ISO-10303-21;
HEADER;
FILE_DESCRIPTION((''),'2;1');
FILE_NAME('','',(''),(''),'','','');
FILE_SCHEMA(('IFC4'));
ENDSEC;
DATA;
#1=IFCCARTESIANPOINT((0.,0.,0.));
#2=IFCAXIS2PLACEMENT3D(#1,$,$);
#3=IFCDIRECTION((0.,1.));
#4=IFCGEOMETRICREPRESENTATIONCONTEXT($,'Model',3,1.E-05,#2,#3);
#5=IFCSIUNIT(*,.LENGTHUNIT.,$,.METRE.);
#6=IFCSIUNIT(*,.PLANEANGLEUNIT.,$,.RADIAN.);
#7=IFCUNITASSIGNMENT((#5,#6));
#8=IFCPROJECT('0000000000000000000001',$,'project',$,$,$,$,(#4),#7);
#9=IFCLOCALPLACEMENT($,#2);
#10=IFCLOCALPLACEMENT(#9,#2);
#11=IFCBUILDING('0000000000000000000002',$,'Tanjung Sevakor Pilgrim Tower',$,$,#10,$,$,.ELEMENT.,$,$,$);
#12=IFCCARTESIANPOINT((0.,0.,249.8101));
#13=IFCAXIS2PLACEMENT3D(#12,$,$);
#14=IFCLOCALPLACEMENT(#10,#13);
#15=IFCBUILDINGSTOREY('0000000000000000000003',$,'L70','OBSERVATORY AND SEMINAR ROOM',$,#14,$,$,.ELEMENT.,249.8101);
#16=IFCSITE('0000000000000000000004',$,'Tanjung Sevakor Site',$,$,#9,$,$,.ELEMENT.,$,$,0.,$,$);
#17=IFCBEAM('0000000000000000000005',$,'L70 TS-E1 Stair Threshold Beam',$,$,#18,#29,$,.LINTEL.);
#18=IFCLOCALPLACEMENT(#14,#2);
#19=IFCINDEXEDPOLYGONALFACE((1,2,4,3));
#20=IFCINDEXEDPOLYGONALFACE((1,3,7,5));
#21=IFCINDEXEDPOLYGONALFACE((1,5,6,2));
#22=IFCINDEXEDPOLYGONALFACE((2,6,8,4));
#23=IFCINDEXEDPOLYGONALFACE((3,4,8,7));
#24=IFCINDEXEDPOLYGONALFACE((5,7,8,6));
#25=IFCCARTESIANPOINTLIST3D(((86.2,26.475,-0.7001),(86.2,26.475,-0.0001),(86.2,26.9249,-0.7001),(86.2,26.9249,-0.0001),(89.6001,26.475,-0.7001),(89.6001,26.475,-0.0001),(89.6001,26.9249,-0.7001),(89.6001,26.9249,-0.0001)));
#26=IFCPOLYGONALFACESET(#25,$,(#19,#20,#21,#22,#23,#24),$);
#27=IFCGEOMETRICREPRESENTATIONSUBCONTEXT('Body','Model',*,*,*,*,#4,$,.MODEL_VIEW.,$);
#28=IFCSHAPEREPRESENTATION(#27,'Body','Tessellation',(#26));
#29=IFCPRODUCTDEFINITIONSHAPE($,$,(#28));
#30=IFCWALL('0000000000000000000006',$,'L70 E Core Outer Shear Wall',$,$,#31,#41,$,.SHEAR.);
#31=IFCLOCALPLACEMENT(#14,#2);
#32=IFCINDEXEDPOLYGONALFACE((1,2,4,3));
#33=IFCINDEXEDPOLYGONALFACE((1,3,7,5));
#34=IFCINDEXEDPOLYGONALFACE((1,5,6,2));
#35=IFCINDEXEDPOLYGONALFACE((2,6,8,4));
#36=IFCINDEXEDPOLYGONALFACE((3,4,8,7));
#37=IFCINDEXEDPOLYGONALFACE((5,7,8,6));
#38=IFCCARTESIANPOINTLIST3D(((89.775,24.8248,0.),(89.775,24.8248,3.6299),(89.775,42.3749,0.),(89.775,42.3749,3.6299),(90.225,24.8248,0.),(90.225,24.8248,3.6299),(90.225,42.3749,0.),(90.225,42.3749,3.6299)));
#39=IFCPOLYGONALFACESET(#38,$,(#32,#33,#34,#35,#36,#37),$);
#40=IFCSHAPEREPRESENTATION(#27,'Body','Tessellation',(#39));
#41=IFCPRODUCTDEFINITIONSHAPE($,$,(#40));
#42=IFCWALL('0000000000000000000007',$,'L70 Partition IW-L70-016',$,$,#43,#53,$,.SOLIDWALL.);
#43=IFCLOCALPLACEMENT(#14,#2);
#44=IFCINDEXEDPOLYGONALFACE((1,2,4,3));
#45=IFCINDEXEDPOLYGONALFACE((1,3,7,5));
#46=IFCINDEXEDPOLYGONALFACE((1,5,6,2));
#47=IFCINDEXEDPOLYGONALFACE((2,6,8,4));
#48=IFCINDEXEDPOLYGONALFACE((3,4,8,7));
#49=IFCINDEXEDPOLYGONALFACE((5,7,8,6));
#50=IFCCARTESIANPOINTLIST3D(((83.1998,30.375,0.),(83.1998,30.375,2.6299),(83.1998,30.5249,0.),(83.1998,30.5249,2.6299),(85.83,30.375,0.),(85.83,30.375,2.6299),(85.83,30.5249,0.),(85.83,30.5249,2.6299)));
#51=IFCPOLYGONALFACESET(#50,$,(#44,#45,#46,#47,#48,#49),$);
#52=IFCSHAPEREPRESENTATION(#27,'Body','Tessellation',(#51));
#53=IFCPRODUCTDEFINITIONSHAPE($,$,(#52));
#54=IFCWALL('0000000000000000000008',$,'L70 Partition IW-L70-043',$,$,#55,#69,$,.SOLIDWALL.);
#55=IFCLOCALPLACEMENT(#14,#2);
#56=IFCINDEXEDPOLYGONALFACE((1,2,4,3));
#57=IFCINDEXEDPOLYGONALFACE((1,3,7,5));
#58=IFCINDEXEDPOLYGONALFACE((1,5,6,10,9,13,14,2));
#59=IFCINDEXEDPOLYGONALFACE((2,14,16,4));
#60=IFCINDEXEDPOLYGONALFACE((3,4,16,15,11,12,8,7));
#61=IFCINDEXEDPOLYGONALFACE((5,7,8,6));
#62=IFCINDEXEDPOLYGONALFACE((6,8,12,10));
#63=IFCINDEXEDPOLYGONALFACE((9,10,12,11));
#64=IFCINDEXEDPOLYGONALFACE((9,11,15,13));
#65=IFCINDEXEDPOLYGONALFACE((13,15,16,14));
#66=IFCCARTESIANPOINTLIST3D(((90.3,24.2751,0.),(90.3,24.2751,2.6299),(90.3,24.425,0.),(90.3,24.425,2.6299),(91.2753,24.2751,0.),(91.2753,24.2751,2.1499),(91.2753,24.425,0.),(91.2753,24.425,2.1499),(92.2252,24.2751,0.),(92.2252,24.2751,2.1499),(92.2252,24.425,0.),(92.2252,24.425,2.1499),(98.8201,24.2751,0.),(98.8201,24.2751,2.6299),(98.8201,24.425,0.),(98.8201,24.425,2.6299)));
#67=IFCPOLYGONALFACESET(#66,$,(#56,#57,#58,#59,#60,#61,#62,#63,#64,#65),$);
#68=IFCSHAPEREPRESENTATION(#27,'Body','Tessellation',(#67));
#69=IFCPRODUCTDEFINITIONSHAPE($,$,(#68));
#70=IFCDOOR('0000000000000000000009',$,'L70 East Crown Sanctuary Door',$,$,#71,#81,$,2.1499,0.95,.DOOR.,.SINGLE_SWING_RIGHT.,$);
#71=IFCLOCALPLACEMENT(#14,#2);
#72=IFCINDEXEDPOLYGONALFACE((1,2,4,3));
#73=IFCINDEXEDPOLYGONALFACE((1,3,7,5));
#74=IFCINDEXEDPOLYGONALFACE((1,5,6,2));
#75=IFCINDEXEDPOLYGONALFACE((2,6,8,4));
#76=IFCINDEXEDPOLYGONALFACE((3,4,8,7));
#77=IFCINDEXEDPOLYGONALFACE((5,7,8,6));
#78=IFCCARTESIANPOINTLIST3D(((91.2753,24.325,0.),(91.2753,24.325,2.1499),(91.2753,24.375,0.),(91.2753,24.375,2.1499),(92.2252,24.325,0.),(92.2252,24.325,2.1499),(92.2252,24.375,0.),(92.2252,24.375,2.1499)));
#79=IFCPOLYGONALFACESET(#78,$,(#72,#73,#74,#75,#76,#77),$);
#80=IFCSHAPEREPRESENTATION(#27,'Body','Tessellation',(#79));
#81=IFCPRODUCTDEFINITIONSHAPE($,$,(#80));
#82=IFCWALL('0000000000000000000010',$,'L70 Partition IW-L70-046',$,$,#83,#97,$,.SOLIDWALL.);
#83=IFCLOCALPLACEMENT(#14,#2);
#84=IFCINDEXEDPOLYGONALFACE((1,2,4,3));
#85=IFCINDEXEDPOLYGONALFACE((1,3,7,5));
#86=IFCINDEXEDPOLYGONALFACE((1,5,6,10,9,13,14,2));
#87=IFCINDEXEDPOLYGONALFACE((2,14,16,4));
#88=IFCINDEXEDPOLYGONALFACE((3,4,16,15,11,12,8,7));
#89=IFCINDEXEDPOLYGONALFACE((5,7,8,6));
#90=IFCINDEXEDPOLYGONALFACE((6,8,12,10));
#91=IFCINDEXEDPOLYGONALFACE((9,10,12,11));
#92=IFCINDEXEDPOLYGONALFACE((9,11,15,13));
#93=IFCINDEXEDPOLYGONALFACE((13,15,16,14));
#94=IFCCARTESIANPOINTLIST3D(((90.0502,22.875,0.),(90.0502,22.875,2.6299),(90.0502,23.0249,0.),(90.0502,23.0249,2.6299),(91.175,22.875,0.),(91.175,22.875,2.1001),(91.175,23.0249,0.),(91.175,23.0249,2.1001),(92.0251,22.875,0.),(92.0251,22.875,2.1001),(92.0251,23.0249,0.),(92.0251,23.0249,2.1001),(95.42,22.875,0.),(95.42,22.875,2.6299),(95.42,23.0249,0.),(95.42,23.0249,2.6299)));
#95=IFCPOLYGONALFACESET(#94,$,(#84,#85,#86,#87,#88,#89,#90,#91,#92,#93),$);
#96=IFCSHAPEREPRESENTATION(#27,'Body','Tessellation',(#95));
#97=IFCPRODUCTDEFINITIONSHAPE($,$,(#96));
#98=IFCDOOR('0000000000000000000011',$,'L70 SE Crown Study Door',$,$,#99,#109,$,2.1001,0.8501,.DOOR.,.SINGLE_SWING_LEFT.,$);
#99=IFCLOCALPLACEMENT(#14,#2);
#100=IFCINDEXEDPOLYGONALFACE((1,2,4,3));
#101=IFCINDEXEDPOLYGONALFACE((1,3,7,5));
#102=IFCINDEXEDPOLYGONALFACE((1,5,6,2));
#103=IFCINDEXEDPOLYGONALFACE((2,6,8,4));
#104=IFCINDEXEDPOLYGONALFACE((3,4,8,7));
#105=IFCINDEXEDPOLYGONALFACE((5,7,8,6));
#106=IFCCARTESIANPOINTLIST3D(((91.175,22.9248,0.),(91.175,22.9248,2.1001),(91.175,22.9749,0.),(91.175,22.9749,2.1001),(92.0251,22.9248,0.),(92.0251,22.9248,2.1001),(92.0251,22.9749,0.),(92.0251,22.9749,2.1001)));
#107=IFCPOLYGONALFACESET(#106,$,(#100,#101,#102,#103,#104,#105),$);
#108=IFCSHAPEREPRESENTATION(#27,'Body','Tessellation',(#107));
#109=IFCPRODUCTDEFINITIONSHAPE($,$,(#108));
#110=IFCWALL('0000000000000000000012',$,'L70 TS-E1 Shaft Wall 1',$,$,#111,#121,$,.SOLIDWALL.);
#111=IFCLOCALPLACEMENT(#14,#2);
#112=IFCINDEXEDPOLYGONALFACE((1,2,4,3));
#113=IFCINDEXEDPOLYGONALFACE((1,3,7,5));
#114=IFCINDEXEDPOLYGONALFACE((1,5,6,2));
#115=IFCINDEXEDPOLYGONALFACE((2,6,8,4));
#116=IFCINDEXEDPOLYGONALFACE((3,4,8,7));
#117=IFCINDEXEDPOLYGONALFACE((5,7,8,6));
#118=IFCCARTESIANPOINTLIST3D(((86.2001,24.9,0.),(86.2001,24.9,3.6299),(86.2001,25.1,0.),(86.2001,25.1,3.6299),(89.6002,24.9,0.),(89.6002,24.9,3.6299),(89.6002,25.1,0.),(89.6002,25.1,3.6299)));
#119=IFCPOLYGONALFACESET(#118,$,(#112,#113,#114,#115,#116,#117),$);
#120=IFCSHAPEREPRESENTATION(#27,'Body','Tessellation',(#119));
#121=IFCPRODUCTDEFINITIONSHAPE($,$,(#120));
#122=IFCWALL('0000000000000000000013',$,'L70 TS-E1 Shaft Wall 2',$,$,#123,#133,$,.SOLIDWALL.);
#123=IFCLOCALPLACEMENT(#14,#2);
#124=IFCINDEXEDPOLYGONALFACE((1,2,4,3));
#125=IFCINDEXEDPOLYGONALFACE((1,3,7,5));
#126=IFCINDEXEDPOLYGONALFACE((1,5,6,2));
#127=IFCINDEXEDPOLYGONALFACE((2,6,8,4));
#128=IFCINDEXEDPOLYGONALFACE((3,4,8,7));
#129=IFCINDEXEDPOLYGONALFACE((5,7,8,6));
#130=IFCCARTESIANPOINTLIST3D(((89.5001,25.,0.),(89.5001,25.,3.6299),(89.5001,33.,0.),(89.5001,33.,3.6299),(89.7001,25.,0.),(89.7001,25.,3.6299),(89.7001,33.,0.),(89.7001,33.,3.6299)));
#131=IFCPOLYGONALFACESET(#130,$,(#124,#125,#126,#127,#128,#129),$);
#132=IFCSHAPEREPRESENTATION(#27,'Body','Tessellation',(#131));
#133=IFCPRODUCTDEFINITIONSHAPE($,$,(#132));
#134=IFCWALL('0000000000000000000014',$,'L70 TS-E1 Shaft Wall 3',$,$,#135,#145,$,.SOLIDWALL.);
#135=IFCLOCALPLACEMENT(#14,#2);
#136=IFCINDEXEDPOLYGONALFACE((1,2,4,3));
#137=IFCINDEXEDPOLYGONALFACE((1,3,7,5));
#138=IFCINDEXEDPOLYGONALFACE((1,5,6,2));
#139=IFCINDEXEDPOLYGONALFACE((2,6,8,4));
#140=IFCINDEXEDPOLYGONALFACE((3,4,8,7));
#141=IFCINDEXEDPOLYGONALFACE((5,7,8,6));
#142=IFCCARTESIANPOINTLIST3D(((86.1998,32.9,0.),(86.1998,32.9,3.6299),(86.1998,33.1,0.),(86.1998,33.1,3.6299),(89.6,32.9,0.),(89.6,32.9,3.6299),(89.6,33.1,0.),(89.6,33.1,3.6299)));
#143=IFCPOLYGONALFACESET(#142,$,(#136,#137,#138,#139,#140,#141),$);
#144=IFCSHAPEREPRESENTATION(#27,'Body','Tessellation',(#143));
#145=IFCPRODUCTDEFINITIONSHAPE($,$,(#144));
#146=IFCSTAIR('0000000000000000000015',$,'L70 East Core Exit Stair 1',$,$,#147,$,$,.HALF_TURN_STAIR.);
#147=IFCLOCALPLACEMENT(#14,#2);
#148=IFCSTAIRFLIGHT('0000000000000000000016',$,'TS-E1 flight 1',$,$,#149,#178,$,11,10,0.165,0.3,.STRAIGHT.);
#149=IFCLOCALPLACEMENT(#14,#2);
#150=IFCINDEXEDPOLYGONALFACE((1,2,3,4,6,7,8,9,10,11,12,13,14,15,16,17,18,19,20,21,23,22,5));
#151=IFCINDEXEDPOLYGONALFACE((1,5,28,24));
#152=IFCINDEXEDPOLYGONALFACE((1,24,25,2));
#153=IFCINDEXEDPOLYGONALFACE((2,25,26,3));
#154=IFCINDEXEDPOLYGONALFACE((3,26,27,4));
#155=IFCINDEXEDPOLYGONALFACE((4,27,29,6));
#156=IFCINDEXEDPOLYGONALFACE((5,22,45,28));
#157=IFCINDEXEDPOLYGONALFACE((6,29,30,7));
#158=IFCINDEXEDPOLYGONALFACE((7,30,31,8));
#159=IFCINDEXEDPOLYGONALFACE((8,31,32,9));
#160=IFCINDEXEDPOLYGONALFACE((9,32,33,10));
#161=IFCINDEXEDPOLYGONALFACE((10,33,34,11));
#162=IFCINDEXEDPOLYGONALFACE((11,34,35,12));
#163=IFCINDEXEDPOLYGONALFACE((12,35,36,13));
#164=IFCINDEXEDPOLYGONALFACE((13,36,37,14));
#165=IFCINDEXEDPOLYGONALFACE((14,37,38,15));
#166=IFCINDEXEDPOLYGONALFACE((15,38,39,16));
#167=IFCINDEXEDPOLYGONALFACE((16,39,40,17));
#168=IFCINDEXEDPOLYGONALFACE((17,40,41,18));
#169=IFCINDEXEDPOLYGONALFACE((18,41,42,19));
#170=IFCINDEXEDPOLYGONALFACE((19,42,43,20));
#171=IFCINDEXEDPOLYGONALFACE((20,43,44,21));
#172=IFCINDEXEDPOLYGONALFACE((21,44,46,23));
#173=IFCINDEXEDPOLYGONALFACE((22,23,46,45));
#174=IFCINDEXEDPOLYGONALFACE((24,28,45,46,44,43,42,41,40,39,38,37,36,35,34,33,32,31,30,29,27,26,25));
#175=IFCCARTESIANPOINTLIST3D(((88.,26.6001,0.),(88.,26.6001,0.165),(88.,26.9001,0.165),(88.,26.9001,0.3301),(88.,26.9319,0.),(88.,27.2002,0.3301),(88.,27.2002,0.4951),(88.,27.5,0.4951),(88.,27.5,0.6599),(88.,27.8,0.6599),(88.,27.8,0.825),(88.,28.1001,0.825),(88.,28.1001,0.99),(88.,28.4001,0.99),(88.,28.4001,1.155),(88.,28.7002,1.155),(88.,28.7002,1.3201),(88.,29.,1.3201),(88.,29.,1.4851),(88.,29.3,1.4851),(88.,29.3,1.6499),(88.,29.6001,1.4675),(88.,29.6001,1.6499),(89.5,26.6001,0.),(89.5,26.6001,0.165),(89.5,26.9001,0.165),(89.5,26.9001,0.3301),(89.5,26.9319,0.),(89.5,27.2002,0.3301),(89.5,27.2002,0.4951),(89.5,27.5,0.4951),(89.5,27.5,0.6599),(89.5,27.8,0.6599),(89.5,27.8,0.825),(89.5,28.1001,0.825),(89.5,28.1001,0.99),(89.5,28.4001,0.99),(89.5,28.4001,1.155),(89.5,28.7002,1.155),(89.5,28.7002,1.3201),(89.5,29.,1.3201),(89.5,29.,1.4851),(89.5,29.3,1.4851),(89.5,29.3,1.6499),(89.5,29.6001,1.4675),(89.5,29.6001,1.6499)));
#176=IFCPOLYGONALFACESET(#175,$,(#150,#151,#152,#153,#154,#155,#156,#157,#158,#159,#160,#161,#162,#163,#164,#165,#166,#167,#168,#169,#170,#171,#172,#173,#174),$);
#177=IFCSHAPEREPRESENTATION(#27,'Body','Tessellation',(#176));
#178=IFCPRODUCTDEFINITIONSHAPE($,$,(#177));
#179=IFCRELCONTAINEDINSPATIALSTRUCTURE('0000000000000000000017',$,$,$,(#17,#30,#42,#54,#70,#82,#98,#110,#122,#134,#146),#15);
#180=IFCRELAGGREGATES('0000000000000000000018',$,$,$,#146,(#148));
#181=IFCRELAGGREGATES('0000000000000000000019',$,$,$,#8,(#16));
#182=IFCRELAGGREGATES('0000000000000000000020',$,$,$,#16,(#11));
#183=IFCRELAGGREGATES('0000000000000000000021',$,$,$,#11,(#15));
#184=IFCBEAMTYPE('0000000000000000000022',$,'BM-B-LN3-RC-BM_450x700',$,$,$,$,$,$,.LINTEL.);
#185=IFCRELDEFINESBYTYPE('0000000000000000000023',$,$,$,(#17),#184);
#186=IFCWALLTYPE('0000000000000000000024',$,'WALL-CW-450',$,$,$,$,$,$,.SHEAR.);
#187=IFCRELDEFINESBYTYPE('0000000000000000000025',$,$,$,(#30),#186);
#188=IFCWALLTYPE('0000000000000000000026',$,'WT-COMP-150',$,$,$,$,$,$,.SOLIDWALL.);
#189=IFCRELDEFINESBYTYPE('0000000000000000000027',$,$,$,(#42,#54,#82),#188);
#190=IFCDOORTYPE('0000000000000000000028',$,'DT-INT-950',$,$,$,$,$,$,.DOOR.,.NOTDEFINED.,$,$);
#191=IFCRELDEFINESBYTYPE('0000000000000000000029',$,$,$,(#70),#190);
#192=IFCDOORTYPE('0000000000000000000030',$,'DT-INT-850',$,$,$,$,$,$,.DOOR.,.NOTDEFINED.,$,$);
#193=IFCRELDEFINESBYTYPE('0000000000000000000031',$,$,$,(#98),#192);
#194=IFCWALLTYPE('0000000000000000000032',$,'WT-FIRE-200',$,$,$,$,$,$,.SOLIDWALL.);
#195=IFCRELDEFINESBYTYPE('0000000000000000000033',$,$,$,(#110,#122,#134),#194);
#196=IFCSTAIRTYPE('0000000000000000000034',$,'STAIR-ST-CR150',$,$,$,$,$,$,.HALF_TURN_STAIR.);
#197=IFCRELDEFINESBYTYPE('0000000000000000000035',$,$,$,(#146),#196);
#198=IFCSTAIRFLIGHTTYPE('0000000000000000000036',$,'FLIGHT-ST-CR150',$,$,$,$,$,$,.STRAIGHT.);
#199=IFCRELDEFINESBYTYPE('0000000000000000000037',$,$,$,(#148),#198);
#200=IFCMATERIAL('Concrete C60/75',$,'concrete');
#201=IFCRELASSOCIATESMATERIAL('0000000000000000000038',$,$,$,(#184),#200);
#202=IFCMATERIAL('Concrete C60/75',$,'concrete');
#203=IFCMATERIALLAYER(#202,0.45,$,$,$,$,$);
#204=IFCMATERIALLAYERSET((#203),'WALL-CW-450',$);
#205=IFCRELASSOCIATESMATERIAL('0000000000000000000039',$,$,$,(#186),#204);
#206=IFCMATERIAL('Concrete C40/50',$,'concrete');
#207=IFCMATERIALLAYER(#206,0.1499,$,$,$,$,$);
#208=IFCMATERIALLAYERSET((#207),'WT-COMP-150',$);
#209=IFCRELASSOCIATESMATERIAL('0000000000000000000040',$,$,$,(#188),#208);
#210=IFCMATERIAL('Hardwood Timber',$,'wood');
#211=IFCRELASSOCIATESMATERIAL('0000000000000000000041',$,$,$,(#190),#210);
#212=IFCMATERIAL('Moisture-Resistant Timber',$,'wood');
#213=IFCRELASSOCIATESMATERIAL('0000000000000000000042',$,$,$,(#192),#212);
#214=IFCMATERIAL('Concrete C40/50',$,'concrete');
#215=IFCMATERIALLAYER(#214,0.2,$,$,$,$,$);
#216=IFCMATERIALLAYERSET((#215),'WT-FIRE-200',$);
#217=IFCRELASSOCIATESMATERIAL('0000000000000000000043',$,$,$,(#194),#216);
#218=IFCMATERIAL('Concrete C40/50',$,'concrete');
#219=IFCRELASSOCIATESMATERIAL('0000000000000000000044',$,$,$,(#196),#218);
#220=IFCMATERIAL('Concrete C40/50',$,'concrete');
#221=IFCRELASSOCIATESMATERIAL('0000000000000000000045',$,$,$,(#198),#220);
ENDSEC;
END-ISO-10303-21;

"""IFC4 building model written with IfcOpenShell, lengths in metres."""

from ifc_helpers import new_model, si_unit, direction, frame, frame_2d, origin, origin_2d, place, context, subcontext, project, spatial, polyline, rectangle, outline, extrude, material, layer, layer_set, material_profile, profile_set, type_object, element, fill, aggregate, save


model = new_model("IFC4")

# Units and contexts
model_context = context("Model", 3, precision=1e-05, world=origin(), true_north=direction((0.0, 1.0)))
body_context = subcontext(model_context, "Body", "Model", "MODEL_VIEW")
ifc_project = project(units=[si_unit("LENGTHUNIT", "METRE"), si_unit("PLANEANGLEUNIT", "RADIAN")], contexts=[model_context])

# Site, building, storey
site_placement = place(None, origin())
site = spatial("IfcSite", under=ifc_project, at=site_placement, Name="Tanjung Sevakor Site", CompositionType="ELEMENT", RefElevation=0.0)
building_placement = place(site_placement, origin())
building = spatial("IfcBuilding", under=site, at=building_placement, Name="Tanjung Sevakor Pilgrim Tower", CompositionType="ELEMENT")
storey_placement = place(building_placement, frame((0.0, 0.0, 249.8101)))
storey = spatial("IfcBuildingStorey", under=building, at=storey_placement, Name="L70", Description="OBSERVATORY AND SEMINAR ROOM", CompositionType="ELEMENT", Elevation=249.8101)

# Beam
ifc_material_1 = material(Name="Concrete C60/75", Category="concrete")
ifc_material_profile = material_profile(ifc_material_1, rectangle(XDim=0.45, YDim=0.7, at=origin_2d()))
ifc_profile_set = profile_set([ifc_material_profile], Name="Concrete C60/75")
beam_type = type_object("IfcBeamType", Name="BM-B-LN3-RC-BM_450x700", PredefinedType="LINTEL", material=ifc_profile_set)
beam_placement = place(storey_placement, frame((86.2, 26.7, -0.3501), z_axis=(1.0, 0.0, 0.0), x_axis=(0.0, 1.0, 0.0)))
element("IfcBeam", 1, at=beam_placement, inside=storey, type_object=beam_type, Name="L70 TS-E1 Stair Threshold Beam", PredefinedType="LINTEL", context=body_context, shape_type="SweptSolid", body=[
    extrude(rectangle(XDim=0.45, YDim=0.7, at=origin_2d()), origin(), (0.0, 0.0, 1.0), 3.4001),
])

# Wall
ifc_material_2 = material(Name="Concrete C60/75", Category="concrete")
ifc_layer_1 = layer(ifc_material_2, 0.45)
ifc_layer_set_1 = layer_set([ifc_layer_1], Name="WALL-CW-450")
wall_type_1 = type_object("IfcWallType", Name="WALL-CW-450", PredefinedType="SHEAR", material=ifc_layer_set_1)
wall_1_placement = place(storey_placement, frame((90.0, 24.825, 0.0), z_axis=(0.0, 0.0, 1.0), x_axis=(0.0, 1.0, 0.0)))
element("IfcWall", 2, at=wall_1_placement, inside=storey, type_object=wall_type_1, Name="L70 E Core Outer Shear Wall", PredefinedType="SHEAR", context=body_context, shape_type="SweptSolid", body=[
    extrude(rectangle(XDim=17.55, YDim=0.45, at=frame_2d((8.7749, 0.0))), origin(), (0.0, 0.0, 1.0), 3.6299),
])

# Wall
ifc_material_3 = material(Name="Concrete C40/50", Category="concrete")
ifc_layer_2 = layer(ifc_material_3, 0.1499)
ifc_layer_set_2 = layer_set([ifc_layer_2], Name="WT-COMP-150")
wall_type_2 = type_object("IfcWallType", Name="WT-COMP-150", PredefinedType="SOLIDWALL", material=ifc_layer_set_2)
wall_2_placement = place(storey_placement, frame((83.2, 30.45, 0.0), z_axis=(0.0, 0.0, 1.0), x_axis=(1.0, 0.0, 0.0)))
element("IfcWall", 3, at=wall_2_placement, inside=storey, type_object=wall_type_2, Name="L70 Partition IW-L70-016", PredefinedType="SOLIDWALL", context=body_context, shape_type="SweptSolid", body=[
    extrude(rectangle(XDim=2.6301, YDim=0.1499, at=frame_2d((1.3149, 0.0))), origin(), (0.0, 0.0, 1.0), 2.6299),
])

# Walls, openings, doors
wall_3_placement = place(storey_placement, frame((90.3, 24.3501, 0.0), z_axis=(0.0, 0.0, 1.0), x_axis=(1.0, 0.0, 0.0)))
wall_3 = element("IfcWall", 4, at=wall_3_placement, inside=storey, type_object=wall_type_2, Name="L70 Partition IW-L70-043", PredefinedType="SOLIDWALL", context=body_context, shape_type="SweptSolid", body=[
    extrude(rectangle(XDim=8.52, YDim=0.1499, at=frame_2d((4.26, 0.0))), origin(), (0.0, 0.0, 1.0), 2.6299),
])
opening_1_placement = place(wall_3_placement, frame((0.9751, 0.0, 0.0)))
opening_1 = element("IfcOpeningElement", 5, at=opening_1_placement, cuts=wall_3, PredefinedType="OPENING", context=body_context, shape_type="SweptSolid", body=[
    extrude(rectangle(XDim=0.95, YDim=2.1499, at=frame_2d((0.4751, 1.075))), frame((0.0, 0.085, 0.0), z_axis=(0.0, -1.0, 0.0), x_axis=(1.0, 0.0, 0.0)), (0.0, 0.0, 1.0), 0.1699),
])
ifc_material_4 = material(Name="Hardwood Timber", Category="wood")
door_type_1 = type_object("IfcDoorType", Name="DT-INT-950", OperationType="NOTDEFINED", PredefinedType="DOOR", material=ifc_material_4)
door_1_placement = place(opening_1_placement, origin())
door_1 = element("IfcDoor", 6, at=door_1_placement, inside=storey, type_object=door_type_1, Name="L70 East Crown Sanctuary Door", OperationType="SINGLE_SWING_RIGHT", OverallHeight=2.1499, OverallWidth=0.95, PredefinedType="DOOR", context=body_context, shape_type="SweptSolid", body=[
    extrude(rectangle(XDim=0.95, YDim=2.1499, at=frame_2d((0.4751, 1.075))), frame((0.0, 0.0249, 0.0), z_axis=(0.0, -1.0, 0.0), x_axis=(1.0, 0.0, 0.0)), (0.0, 0.0, 1.0), 0.05),
])
fill(opening_1, door_1)
wall_4_placement = place(storey_placement, frame((90.05, 22.95, 0.0), z_axis=(0.0, 0.0, 1.0), x_axis=(1.0, 0.0, 0.0)))
wall_4 = element("IfcWall", 7, at=wall_4_placement, inside=storey, type_object=wall_type_2, Name="L70 Partition IW-L70-046", PredefinedType="SOLIDWALL", context=body_context, shape_type="SweptSolid", body=[
    extrude(rectangle(XDim=5.3699, YDim=0.1499, at=frame_2d((2.6851, 0.0))), origin(), (0.0, 0.0, 1.0), 2.6299),
])
opening_2_placement = place(wall_4_placement, frame((1.125, 0.0, 0.0)))
opening_2 = element("IfcOpeningElement", 8, at=opening_2_placement, cuts=wall_4, PredefinedType="OPENING", context=body_context, shape_type="SweptSolid", body=[
    extrude(rectangle(XDim=0.8501, YDim=2.1001, at=frame_2d((0.425, 1.05))), frame((0.0, 0.085, 0.0), z_axis=(0.0, -1.0, 0.0), x_axis=(1.0, 0.0, 0.0)), (0.0, 0.0, 1.0), 0.1699),
])
ifc_material_5 = material(Name="Moisture-Resistant Timber", Category="wood")
door_type_2 = type_object("IfcDoorType", Name="DT-INT-850", OperationType="NOTDEFINED", PredefinedType="DOOR", material=ifc_material_5)
door_2_placement = place(opening_2_placement, origin())
door_2 = element("IfcDoor", 9, at=door_2_placement, inside=storey, type_object=door_type_2, Name="L70 SE Crown Study Door", OperationType="SINGLE_SWING_LEFT", OverallHeight=2.1001, OverallWidth=0.8501, PredefinedType="DOOR", context=body_context, shape_type="SweptSolid", body=[
    extrude(rectangle(XDim=0.8501, YDim=2.1001, at=frame_2d((0.425, 1.05))), frame((0.0, 0.0249, 0.0), z_axis=(0.0, -1.0, 0.0), x_axis=(1.0, 0.0, 0.0)), (0.0, 0.0, 1.0), 0.05),
])
fill(opening_2, door_2)

# Walls
ifc_material_6 = material(Name="Concrete C40/50", Category="concrete")
ifc_layer_3 = layer(ifc_material_6, 0.2)
ifc_layer_set_3 = layer_set([ifc_layer_3], Name="WT-FIRE-200")
wall_type_3 = type_object("IfcWallType", Name="WT-FIRE-200", PredefinedType="SOLIDWALL", material=ifc_layer_set_3)
wall_5_placement = place(storey_placement, frame((86.2, 25.0, 0.0), z_axis=(0.0, 0.0, 1.0), x_axis=(1.0, 0.0, 0.0)))
element("IfcWall", 10, at=wall_5_placement, inside=storey, type_object=wall_type_3, Name="L70 TS-E1 Shaft Wall 1", PredefinedType="SOLIDWALL", context=body_context, shape_type="SweptSolid", body=[
    extrude(rectangle(XDim=3.4001, YDim=0.2, at=frame_2d((1.7002, 0.0))), origin(), (0.0, 0.0, 1.0), 3.6299),
])
wall_6_placement = place(storey_placement, frame((89.6001, 25.0, 0.0), z_axis=(0.0, 0.0, 1.0), x_axis=(0.0, 1.0, 0.0)))
element("IfcWall", 11, at=wall_6_placement, inside=storey, type_object=wall_type_3, Name="L70 TS-E1 Shaft Wall 2", PredefinedType="SOLIDWALL", context=body_context, shape_type="SweptSolid", body=[
    extrude(rectangle(XDim=8.0, YDim=0.2, at=frame_2d((4.0, 0.0))), origin(), (0.0, 0.0, 1.0), 3.6299),
])
wall_7_placement = place(storey_placement, frame((89.6001, 33.0, 0.0), z_axis=(0.0, 0.0, 1.0), x_axis=(-1.0, 0.0, 0.0)))
element("IfcWall", 12, at=wall_7_placement, inside=storey, type_object=wall_type_3, Name="L70 TS-E1 Shaft Wall 3", PredefinedType="SOLIDWALL", context=body_context, shape_type="SweptSolid", body=[
    extrude(rectangle(XDim=3.4001, YDim=0.2, at=frame_2d((1.7002, 0.0))), origin(), (0.0, 0.0, 1.0), 3.6299),
])

# Stair, stair flight
ifc_material_7 = material(Name="Concrete C40/50", Category="concrete")
stair_type = type_object("IfcStairType", Name="STAIR-ST-CR150", PredefinedType="HALF_TURN_STAIR", material=ifc_material_7)
stair_placement = place(storey_placement, origin())
stair = element("IfcStair", 13, at=stair_placement, inside=storey, type_object=stair_type, Name="L70 East Core Exit Stair 1", PredefinedType="HALF_TURN_STAIR")
ifc_material_8 = material(Name="Concrete C40/50", Category="concrete")
stair_flight_type = type_object("IfcStairFlightType", Name="FLIGHT-ST-CR150", PredefinedType="STRAIGHT", material=ifc_material_8)
stair_flight_1_placement = place(storey_placement, frame((88.75, 26.6001, 0.0), z_axis=(0.0, 0.0, 1.0), x_axis=(0.0, 1.0, 0.0)))
stair_flight_1 = element("IfcStairFlight", 14, at=stair_flight_1_placement, type_object=stair_flight_type, Name="TS-E1 flight 1", NumberOfRisers=11, NumberOfTreads=10, PredefinedType="STRAIGHT", RiserHeight=0.165, TreadLength=0.3, context=body_context, shape_type="SweptSolid", body=[
    extrude(outline(polyline([(0.0, 0.0), (0.0, 0.165), (0.3, 0.165), (0.3, 0.3301), (0.6001, 0.3301), (0.6001, 0.4951), (0.8999, 0.4951), (0.8999, 0.6599), (1.2, 0.6599), (1.2, 0.825), (1.5, 0.825), (1.5, 0.99), (1.8, 0.99), (1.8, 1.155), (2.1001, 1.155), (2.1001, 1.3201), (2.3999, 1.3201), (2.3999, 1.4851), (2.7, 1.4851), (2.7, 1.6499), (3.0, 1.6499), (3.0, 1.8149), (3.0, 1.4675), (0.3318, 0.0), (0.0, 0.0)])), frame((0.0, 0.75, 0.0), z_axis=(0.0, -1.0, 0.0), x_axis=(1.0, 0.0, 0.0)), (0.0, 0.0, 1.0), 1.5),
])
aggregate(stair, [stair_flight_1])

save(model, "model.ifc")
